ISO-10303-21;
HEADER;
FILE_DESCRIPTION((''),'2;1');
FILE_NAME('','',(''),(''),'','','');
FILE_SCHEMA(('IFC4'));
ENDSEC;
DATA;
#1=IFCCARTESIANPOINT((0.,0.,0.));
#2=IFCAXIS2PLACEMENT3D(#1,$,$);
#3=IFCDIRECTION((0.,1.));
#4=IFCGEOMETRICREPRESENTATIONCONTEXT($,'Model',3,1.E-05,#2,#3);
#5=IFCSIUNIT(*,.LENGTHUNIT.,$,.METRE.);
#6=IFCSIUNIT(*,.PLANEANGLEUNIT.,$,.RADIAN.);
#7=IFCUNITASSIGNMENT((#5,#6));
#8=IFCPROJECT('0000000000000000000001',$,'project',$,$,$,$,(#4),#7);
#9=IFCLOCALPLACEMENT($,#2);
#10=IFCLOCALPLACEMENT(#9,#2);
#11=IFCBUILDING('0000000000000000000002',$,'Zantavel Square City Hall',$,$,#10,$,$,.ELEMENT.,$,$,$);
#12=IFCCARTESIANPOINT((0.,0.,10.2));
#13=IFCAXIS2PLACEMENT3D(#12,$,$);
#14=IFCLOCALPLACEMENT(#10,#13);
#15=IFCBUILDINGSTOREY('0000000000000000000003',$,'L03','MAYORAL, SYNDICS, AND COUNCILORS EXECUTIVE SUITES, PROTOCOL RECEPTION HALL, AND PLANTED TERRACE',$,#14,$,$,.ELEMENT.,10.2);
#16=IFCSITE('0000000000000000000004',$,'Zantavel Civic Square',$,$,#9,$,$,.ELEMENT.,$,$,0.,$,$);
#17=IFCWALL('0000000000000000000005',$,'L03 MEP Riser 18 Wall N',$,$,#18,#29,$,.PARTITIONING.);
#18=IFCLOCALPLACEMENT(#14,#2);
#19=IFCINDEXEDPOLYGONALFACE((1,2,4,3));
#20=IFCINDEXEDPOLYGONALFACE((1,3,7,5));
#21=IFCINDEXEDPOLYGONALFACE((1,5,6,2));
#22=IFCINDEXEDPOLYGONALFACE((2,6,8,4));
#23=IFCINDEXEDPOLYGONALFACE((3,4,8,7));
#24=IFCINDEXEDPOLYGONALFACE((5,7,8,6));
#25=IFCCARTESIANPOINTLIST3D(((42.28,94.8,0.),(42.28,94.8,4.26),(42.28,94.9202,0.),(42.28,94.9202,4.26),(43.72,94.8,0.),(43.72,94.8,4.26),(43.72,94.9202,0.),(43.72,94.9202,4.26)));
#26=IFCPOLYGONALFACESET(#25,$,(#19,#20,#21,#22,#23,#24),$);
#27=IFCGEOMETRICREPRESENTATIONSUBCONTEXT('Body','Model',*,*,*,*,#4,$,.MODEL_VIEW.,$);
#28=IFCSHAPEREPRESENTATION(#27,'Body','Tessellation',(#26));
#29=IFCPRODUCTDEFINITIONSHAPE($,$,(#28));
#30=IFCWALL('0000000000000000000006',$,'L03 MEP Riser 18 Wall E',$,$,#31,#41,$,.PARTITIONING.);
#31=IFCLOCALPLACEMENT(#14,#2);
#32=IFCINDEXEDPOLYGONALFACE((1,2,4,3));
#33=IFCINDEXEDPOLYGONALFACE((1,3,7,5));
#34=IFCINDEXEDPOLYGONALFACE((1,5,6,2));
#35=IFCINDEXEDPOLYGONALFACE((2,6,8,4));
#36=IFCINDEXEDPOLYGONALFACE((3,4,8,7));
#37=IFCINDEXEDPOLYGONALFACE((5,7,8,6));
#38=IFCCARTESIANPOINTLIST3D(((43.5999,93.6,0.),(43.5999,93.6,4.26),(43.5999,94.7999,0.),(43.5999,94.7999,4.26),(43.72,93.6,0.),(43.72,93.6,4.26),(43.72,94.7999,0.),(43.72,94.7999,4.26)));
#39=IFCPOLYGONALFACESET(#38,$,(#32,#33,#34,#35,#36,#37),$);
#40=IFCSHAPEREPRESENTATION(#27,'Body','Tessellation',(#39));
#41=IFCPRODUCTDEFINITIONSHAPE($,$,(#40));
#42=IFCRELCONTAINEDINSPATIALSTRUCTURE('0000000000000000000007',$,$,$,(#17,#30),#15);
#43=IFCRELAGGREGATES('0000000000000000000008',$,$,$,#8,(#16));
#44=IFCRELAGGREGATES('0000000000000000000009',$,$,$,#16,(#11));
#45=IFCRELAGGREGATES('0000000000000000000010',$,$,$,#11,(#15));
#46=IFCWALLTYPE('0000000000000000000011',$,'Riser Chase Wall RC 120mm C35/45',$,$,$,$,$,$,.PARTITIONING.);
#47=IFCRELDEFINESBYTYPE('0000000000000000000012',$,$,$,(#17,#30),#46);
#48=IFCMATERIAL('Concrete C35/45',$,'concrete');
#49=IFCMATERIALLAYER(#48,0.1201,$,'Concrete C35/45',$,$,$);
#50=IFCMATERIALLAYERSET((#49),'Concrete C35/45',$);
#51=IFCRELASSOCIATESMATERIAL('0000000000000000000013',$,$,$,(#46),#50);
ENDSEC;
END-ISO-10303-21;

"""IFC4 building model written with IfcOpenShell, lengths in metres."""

from ifc_helpers import new_model, si_unit, direction, frame, frame_2d, origin, place, context, subcontext, project, spatial, rectangle, extrude, material, layer, layer_set, type_object, element, save


model = new_model("IFC4")

# Units and contexts
model_context = context("Model", 3, precision=1e-05, world=origin(), true_north=direction((0.0, 1.0)))
body_context = subcontext(model_context, "Body", "Model", "MODEL_VIEW")
ifc_project = project(units=[si_unit("LENGTHUNIT", "METRE"), si_unit("PLANEANGLEUNIT", "RADIAN")], contexts=[model_context])

# Site, building, storey
site_placement = place(None, origin())
site = spatial("IfcSite", under=ifc_project, at=site_placement, Name="Zantavel Civic Square", CompositionType="ELEMENT", RefElevation=0.0)
building_placement = place(site_placement, origin())
building = spatial("IfcBuilding", under=site, at=building_placement, Name="Zantavel Square City Hall", CompositionType="ELEMENT")
storey_placement = place(building_placement, frame((0.0, 0.0, 10.2)))
storey = spatial("IfcBuildingStorey", under=building, at=storey_placement, Name="L03", Description="MAYORAL, SYNDICS, AND COUNCILORS EXECUTIVE SUITES, PROTOCOL RECEPTION HALL, AND PLANTED TERRACE", CompositionType="ELEMENT", Elevation=10.2)

# Shared definitions
ifc_material_1 = material(Name="Concrete C35/45", Category="concrete")

# Walls
ifc_layer_1 = layer(ifc_material_1, 0.1201, Name="Concrete C35/45")
ifc_layer_set_1 = layer_set([ifc_layer_1], Name="Concrete C35/45")
wall_type_1 = type_object("IfcWallType", Name="Riser Chase Wall RC 120mm C35/45", PredefinedType="PARTITIONING", material=ifc_layer_set_1)
wall_1_placement = place(storey_placement, frame((42.28, 94.8601, 0.0), z_axis=(0.0, 0.0, 1.0), x_axis=(1.0, 0.0, 0.0)))
element("IfcWall", 1, at=wall_1_placement, inside=storey, type_object=wall_type_1, Name="L03 MEP Riser 18 Wall N", PredefinedType="PARTITIONING", context=body_context, shape_type="SweptSolid", body=[
    extrude(rectangle(XDim=1.4399, YDim=0.1201, at=frame_2d((0.72, 0.0))), origin(), (0.0, 0.0, 1.0), 4.26),
])
wall_2_placement = place(storey_placement, frame((43.6599, 94.8, 0.0), z_axis=(0.0, 0.0, 1.0), x_axis=(0.0, -1.0, 0.0)))
element("IfcWall", 2, at=wall_2_placement, inside=storey, type_object=wall_type_1, Name="L03 MEP Riser 18 Wall E", PredefinedType="PARTITIONING", context=body_context, shape_type="SweptSolid", body=[
    extrude(rectangle(XDim=1.2, YDim=0.1201, at=frame_2d((0.6001, 0.0))), origin(), (0.0, 0.0, 1.0), 4.26),
])

save(model, "model.ifc")
